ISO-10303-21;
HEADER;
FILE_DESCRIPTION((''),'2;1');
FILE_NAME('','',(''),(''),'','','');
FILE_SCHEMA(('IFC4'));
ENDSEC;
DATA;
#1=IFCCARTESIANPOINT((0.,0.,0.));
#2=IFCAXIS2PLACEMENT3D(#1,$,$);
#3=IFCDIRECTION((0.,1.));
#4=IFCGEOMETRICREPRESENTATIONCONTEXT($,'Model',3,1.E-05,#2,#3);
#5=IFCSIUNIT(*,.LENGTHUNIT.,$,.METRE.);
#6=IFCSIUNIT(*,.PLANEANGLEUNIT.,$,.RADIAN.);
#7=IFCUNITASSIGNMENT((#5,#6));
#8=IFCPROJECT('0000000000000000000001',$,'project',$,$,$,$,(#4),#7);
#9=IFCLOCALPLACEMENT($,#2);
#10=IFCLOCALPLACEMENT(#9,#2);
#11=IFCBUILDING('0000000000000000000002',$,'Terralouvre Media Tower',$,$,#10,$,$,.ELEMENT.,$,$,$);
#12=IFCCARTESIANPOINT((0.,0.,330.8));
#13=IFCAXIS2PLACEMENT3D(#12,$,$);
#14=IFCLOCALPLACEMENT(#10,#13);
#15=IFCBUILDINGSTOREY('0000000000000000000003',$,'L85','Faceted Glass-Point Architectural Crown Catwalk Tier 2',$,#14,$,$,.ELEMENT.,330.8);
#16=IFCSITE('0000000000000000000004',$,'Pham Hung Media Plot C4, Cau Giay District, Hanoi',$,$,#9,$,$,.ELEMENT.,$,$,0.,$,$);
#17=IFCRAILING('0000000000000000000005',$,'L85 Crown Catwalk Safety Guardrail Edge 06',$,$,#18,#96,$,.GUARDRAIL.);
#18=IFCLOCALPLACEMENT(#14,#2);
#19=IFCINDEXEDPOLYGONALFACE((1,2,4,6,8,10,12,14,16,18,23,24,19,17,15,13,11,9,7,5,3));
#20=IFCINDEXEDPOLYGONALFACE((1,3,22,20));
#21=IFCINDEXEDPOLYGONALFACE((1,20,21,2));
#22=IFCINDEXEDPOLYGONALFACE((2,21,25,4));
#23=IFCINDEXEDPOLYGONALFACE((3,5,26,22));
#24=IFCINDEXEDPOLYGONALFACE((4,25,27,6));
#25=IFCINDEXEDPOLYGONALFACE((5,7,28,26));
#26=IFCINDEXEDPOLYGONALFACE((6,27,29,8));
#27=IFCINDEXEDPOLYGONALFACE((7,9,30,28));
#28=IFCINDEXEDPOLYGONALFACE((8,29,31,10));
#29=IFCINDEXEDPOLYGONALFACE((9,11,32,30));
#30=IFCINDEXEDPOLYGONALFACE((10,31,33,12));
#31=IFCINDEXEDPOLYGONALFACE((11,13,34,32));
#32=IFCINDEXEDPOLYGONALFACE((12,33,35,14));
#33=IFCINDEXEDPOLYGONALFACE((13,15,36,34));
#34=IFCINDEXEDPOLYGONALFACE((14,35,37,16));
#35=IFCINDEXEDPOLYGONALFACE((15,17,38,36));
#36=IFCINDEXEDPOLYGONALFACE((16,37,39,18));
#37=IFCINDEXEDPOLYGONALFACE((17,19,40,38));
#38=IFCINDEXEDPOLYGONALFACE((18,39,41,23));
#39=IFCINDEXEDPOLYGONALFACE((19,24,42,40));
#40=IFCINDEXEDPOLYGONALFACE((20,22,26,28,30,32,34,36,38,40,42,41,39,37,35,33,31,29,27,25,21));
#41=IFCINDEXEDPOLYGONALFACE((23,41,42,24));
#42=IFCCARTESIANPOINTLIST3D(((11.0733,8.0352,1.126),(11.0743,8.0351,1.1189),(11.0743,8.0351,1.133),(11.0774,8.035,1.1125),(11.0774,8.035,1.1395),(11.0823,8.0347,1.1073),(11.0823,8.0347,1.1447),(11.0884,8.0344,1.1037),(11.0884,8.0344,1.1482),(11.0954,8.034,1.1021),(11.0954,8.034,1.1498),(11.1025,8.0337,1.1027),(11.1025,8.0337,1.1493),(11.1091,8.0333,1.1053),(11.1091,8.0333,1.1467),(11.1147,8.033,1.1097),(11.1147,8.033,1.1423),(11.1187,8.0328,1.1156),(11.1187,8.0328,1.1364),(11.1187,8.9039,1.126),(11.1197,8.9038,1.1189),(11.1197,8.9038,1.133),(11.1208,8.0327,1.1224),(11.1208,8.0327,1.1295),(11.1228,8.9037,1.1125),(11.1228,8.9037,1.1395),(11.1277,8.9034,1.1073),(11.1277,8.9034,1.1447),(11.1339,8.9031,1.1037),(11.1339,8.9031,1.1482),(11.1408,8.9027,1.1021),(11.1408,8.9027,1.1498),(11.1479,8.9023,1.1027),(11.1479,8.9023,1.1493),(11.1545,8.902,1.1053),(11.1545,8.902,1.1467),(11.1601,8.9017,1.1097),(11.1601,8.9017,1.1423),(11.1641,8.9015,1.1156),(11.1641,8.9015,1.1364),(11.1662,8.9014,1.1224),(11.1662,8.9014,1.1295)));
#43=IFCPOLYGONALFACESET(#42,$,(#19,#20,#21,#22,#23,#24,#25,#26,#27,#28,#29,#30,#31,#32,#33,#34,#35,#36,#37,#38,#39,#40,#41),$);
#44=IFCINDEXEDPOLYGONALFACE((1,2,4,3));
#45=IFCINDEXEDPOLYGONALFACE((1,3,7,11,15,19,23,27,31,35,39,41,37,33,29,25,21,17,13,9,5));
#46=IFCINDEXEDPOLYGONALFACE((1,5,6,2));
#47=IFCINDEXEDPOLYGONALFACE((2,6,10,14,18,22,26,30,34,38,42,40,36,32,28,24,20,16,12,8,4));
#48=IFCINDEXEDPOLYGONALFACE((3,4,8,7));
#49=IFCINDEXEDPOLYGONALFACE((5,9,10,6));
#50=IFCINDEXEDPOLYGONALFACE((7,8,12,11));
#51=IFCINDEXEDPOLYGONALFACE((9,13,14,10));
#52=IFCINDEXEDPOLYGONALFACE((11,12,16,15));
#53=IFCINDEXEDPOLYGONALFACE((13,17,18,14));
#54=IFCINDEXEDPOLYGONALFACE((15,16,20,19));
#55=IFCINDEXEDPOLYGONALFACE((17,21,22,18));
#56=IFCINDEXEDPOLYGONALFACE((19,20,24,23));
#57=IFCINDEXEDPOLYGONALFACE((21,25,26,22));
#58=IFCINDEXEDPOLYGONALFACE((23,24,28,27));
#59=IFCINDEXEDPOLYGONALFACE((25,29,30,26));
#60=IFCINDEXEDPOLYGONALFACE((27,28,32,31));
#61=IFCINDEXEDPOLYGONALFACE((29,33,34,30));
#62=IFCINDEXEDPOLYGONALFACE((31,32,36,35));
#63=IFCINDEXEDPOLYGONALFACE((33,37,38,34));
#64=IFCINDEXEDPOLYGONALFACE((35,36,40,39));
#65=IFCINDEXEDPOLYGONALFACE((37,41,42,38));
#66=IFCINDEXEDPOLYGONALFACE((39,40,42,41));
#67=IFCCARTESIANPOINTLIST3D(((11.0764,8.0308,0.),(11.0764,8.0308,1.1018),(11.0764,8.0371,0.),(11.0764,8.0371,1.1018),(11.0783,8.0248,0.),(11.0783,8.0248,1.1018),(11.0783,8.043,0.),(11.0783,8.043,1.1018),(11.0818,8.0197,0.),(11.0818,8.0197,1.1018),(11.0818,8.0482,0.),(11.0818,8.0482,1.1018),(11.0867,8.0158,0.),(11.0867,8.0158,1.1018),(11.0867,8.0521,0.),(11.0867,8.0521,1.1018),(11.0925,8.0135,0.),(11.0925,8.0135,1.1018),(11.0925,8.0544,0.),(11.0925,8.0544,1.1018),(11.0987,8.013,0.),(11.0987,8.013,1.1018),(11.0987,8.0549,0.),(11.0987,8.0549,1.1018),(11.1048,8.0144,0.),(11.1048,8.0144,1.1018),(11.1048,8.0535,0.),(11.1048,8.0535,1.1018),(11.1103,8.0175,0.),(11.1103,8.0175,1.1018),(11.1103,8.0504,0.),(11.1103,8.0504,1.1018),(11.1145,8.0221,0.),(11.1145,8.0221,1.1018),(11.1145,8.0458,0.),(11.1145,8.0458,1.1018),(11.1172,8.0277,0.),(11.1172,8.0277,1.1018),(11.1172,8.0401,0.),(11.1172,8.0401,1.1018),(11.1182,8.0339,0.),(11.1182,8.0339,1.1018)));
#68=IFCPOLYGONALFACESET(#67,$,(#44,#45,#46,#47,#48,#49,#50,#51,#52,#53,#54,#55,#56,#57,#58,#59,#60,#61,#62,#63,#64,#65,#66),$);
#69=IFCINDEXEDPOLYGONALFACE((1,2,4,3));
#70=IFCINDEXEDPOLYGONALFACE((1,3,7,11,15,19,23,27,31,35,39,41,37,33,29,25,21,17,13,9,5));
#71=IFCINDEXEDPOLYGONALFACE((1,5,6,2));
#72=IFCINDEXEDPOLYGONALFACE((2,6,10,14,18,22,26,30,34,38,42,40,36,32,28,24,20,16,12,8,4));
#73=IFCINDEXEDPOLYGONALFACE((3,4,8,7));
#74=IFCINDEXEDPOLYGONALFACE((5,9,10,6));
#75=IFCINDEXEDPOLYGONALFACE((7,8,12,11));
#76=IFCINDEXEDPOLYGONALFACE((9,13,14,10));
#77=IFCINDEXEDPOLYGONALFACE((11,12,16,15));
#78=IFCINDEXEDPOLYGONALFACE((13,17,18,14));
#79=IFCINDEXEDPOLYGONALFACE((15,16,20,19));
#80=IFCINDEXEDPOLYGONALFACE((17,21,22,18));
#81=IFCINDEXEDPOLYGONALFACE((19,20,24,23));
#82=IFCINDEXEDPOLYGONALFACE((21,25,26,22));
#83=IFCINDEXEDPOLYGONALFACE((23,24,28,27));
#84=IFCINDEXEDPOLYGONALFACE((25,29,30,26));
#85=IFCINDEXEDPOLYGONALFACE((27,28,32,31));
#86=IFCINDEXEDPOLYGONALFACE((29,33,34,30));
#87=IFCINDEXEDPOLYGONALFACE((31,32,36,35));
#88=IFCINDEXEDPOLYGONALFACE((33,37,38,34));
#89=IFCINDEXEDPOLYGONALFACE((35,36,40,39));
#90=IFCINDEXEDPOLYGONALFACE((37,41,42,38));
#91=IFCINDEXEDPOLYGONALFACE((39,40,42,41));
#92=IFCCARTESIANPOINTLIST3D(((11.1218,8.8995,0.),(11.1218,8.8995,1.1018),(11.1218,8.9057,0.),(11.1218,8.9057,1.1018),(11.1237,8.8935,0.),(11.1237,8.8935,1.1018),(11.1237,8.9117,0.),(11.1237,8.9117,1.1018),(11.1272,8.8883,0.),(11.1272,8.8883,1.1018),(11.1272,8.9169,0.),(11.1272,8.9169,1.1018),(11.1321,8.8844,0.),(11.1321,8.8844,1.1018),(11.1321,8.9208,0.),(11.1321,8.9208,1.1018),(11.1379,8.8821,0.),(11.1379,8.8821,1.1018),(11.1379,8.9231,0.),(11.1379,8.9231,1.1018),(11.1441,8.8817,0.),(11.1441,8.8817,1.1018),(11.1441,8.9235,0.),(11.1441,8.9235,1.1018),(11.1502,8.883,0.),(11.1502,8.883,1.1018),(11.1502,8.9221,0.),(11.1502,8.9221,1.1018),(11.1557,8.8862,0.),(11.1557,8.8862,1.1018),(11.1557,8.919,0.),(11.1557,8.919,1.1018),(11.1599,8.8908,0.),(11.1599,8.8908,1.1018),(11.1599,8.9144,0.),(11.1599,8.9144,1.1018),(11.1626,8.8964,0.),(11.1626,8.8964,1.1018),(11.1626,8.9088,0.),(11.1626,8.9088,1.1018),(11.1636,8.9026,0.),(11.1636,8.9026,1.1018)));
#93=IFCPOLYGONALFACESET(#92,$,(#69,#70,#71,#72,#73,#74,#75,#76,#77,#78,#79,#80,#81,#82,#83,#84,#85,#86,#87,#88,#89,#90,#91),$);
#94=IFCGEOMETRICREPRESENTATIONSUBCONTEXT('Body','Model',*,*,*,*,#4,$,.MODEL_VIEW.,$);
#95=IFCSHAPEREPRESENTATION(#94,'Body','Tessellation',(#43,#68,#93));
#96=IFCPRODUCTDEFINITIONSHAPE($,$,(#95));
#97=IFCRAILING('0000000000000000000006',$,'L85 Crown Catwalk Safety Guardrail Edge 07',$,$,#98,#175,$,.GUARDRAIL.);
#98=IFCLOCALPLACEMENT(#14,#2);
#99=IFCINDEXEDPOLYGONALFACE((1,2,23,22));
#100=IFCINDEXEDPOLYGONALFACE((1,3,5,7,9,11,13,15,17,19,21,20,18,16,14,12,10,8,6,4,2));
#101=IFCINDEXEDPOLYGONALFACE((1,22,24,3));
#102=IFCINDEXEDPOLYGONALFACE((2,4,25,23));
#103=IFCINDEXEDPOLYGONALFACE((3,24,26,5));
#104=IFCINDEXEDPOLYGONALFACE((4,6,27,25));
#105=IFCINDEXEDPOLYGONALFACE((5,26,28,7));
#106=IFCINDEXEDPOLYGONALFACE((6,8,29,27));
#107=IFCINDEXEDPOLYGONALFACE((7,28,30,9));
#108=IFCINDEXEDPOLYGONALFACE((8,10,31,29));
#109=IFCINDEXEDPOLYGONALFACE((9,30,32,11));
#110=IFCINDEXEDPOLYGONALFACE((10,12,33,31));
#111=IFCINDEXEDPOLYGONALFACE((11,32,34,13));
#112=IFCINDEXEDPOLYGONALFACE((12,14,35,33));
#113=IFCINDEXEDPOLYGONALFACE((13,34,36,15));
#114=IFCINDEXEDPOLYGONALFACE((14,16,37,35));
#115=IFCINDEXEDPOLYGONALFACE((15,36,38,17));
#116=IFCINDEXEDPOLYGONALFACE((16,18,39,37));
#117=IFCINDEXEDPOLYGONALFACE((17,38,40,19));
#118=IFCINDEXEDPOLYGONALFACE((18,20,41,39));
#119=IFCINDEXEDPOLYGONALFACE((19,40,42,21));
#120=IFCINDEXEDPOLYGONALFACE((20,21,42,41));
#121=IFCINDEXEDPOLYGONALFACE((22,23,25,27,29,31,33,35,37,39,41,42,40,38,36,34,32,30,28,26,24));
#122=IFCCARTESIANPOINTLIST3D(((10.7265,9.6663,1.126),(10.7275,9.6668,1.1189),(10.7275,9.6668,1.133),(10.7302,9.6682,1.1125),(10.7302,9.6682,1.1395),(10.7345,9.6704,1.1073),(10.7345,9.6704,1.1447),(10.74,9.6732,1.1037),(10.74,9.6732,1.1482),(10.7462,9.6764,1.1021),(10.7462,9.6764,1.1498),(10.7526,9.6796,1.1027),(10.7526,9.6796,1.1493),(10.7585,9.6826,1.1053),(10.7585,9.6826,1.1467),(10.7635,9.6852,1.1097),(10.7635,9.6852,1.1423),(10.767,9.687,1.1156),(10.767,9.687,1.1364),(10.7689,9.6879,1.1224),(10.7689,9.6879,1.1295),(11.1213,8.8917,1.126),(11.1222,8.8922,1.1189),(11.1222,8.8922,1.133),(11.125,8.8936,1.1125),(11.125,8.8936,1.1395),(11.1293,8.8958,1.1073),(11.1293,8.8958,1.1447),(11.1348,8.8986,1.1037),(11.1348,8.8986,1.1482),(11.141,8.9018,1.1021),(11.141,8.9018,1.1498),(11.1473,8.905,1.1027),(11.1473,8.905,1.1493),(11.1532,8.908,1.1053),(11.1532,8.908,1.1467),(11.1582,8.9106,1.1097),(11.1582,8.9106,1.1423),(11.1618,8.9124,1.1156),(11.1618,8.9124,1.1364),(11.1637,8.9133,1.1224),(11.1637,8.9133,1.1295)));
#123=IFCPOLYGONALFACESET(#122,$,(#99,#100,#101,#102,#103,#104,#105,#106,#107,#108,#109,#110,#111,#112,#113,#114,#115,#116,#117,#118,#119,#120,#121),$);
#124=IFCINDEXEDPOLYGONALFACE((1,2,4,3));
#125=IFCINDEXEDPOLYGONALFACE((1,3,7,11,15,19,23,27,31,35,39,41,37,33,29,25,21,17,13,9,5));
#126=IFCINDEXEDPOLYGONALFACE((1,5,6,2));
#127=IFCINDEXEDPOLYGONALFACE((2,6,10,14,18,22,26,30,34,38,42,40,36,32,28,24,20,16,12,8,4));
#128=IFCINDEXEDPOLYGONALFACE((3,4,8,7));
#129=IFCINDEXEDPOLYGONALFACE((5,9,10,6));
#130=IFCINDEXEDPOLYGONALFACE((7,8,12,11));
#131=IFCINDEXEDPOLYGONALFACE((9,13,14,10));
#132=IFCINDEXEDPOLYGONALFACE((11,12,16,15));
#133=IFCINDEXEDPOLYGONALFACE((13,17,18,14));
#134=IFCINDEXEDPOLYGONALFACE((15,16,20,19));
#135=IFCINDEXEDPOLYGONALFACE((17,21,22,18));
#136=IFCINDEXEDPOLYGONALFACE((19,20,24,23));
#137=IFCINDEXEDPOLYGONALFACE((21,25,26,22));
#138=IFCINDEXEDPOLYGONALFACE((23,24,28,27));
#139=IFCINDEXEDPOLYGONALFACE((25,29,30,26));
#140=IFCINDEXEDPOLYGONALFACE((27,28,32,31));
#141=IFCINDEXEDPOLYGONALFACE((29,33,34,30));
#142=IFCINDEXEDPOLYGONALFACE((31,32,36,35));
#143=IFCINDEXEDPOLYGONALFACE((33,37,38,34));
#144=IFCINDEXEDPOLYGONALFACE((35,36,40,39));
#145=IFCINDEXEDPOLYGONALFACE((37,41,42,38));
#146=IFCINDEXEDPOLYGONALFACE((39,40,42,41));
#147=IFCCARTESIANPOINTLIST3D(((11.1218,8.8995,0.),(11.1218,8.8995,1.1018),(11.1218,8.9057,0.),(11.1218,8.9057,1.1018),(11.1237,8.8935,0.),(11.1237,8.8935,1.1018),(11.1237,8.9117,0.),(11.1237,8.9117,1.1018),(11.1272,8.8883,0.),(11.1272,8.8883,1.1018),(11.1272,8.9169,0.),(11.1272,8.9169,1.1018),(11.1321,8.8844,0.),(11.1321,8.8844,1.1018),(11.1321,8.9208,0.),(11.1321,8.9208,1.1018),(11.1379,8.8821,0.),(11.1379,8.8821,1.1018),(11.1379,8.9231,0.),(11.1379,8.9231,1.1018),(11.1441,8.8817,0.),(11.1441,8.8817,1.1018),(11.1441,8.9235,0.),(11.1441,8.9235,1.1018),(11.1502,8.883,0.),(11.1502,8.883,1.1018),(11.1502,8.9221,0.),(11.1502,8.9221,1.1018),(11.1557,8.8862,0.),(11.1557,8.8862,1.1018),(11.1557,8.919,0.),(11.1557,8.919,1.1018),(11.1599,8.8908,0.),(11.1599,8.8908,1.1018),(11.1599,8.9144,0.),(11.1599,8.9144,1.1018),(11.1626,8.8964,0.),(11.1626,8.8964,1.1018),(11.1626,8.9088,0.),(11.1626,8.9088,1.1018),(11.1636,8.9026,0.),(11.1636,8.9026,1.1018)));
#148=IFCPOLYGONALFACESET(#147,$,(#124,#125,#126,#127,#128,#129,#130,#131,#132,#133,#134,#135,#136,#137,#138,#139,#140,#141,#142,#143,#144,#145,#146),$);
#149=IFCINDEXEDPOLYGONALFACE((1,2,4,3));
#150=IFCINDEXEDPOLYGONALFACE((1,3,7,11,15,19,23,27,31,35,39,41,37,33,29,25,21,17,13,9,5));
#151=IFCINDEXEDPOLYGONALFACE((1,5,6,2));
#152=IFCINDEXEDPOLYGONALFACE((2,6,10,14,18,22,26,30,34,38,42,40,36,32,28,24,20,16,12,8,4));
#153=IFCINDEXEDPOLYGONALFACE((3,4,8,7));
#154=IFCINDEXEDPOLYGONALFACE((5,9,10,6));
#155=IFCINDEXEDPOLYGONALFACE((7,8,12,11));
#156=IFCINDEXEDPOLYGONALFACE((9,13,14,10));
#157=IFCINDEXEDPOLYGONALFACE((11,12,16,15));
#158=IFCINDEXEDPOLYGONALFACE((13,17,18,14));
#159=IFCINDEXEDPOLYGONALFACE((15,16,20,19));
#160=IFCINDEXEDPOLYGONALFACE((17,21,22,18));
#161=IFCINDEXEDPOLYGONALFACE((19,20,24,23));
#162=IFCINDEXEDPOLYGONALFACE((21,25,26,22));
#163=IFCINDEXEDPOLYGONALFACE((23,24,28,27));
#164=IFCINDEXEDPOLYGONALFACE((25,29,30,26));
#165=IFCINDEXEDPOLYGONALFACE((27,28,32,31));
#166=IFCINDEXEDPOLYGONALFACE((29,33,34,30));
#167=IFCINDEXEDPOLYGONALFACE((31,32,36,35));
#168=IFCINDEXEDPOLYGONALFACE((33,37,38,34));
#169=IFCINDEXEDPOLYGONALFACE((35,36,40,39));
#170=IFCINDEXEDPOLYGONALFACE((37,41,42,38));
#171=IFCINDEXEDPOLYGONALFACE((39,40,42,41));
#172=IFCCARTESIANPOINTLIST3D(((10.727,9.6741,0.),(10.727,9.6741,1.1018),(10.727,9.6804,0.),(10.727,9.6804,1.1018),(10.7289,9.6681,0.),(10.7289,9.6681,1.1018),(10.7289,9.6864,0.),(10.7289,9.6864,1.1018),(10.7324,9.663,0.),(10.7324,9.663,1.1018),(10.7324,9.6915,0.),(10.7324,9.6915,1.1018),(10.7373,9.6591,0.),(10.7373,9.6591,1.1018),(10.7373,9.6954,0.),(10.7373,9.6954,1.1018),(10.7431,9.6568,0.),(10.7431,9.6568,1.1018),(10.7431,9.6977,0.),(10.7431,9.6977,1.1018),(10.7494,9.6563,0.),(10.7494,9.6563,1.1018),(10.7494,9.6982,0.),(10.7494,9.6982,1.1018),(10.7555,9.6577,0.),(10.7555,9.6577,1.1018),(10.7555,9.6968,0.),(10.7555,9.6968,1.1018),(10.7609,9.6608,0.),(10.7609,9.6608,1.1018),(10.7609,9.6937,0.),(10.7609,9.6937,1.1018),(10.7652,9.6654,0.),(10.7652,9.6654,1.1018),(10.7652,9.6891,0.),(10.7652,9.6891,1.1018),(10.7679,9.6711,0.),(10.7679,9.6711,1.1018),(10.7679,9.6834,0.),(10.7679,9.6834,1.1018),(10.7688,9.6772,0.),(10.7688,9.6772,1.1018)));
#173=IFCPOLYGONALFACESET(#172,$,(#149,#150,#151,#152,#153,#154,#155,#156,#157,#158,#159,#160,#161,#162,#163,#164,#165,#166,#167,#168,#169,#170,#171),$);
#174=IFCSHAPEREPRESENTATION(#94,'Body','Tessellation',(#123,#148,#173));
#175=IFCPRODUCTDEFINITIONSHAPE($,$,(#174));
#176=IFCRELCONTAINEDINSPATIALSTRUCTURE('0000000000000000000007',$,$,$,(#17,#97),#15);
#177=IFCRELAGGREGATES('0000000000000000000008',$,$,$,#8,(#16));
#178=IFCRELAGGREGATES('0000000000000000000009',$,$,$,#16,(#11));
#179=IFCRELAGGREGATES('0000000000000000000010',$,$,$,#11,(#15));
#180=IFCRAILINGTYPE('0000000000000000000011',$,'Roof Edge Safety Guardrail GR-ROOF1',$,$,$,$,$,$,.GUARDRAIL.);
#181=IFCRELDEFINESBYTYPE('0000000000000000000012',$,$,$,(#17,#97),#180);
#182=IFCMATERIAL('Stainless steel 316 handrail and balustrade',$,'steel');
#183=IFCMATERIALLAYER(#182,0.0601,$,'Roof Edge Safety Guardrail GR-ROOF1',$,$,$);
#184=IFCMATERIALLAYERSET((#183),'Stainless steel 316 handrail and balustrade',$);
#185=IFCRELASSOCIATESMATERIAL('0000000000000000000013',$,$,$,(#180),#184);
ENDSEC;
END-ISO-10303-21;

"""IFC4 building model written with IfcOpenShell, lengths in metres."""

from ifc_helpers import new_model, si_unit, direction, frame, origin, origin_2d, place, context, subcontext, project, spatial, circle, extrude, material, layer, layer_set, type_object, element, save


model = new_model("IFC4")

# Units and contexts
model_context = context("Model", 3, precision=1e-05, world=origin(), true_north=direction((0.0, 1.0)))
body_context = subcontext(model_context, "Body", "Model", "MODEL_VIEW")
ifc_project = project(units=[si_unit("LENGTHUNIT", "METRE"), si_unit("PLANEANGLEUNIT", "RADIAN")], contexts=[model_context])

# Site, building, storey
site_placement = place(None, origin())
site = spatial("IfcSite", under=ifc_project, at=site_placement, Name="Pham Hung Media Plot C4, Cau Giay District, Hanoi", CompositionType="ELEMENT", RefElevation=0.0)
building_placement = place(site_placement, origin())
building = spatial("IfcBuilding", under=site, at=building_placement, Name="Terralouvre Media Tower", CompositionType="ELEMENT")
storey_placement = place(building_placement, frame((0.0, 0.0, 330.8)))
storey = spatial("IfcBuildingStorey", under=building, at=storey_placement, Name="L85", Description="Faceted Glass-Point Architectural Crown Catwalk Tier 2", CompositionType="ELEMENT", Elevation=330.8)

# Railings
ifc_material_1 = material(Name="Stainless steel 316 handrail and balustrade", Category="steel")
ifc_layer_1 = layer(ifc_material_1, 0.0601, Name="Roof Edge Safety Guardrail GR-ROOF1")
ifc_layer_set_1 = layer_set([ifc_layer_1], Name="Stainless steel 316 handrail and balustrade")
railing_type = type_object("IfcRailingType", Name="Roof Edge Safety Guardrail GR-ROOF1", PredefinedType="GUARDRAIL", material=ifc_layer_set_1)
railing_1_placement = place(storey_placement, frame((11.0972, 8.0339, 0.0)))
element("IfcRailing", 1, at=railing_1_placement, inside=storey, type_object=railing_type, Name="L85 Crown Catwalk Safety Guardrail Edge 06", PredefinedType="GUARDRAIL", context=body_context, shape_type="SweptSolid", body=[
    extrude(circle(Radius=0.0239, at=origin_2d()), frame((0.0, 0.0, 1.126), z_axis=(0.052205, 0.998636, 0.0), x_axis=(-0.998636, 0.052205, 0.0)), (0.0, 0.0, 1.0), 0.8699),
    extrude(circle(Radius=0.021, at=origin_2d()), origin(), (0.0, 0.0, 1.0), 1.1018),
    extrude(circle(Radius=0.021, at=origin_2d()), frame((0.0454, 0.8687, 0.0)), (0.0, 0.0, 1.0), 1.1018),
])
railing_2_placement = place(storey_placement, frame((11.1426, 8.9026, 0.0)))
element("IfcRailing", 2, at=railing_2_placement, inside=storey, type_object=railing_type, Name="L85 Crown Catwalk Safety Guardrail Edge 07", PredefinedType="GUARDRAIL", context=body_context, shape_type="SweptSolid", body=[
    extrude(circle(Radius=0.0239, at=origin_2d()), frame((0.0, 0.0, 1.126), z_axis=(-0.454052, 0.890975, 0.0), x_axis=(-0.890975, -0.454052, 0.0)), (0.0, 0.0, 1.0), 0.8694),
    extrude(circle(Radius=0.021, at=origin_2d()), origin(), (0.0, 0.0, 1.0), 1.1018),
    extrude(circle(Radius=0.021, at=origin_2d()), frame((-0.3948, 0.7747, 0.0)), (0.0, 0.0, 1.0), 1.1018),
])

save(model, "model.ifc")
